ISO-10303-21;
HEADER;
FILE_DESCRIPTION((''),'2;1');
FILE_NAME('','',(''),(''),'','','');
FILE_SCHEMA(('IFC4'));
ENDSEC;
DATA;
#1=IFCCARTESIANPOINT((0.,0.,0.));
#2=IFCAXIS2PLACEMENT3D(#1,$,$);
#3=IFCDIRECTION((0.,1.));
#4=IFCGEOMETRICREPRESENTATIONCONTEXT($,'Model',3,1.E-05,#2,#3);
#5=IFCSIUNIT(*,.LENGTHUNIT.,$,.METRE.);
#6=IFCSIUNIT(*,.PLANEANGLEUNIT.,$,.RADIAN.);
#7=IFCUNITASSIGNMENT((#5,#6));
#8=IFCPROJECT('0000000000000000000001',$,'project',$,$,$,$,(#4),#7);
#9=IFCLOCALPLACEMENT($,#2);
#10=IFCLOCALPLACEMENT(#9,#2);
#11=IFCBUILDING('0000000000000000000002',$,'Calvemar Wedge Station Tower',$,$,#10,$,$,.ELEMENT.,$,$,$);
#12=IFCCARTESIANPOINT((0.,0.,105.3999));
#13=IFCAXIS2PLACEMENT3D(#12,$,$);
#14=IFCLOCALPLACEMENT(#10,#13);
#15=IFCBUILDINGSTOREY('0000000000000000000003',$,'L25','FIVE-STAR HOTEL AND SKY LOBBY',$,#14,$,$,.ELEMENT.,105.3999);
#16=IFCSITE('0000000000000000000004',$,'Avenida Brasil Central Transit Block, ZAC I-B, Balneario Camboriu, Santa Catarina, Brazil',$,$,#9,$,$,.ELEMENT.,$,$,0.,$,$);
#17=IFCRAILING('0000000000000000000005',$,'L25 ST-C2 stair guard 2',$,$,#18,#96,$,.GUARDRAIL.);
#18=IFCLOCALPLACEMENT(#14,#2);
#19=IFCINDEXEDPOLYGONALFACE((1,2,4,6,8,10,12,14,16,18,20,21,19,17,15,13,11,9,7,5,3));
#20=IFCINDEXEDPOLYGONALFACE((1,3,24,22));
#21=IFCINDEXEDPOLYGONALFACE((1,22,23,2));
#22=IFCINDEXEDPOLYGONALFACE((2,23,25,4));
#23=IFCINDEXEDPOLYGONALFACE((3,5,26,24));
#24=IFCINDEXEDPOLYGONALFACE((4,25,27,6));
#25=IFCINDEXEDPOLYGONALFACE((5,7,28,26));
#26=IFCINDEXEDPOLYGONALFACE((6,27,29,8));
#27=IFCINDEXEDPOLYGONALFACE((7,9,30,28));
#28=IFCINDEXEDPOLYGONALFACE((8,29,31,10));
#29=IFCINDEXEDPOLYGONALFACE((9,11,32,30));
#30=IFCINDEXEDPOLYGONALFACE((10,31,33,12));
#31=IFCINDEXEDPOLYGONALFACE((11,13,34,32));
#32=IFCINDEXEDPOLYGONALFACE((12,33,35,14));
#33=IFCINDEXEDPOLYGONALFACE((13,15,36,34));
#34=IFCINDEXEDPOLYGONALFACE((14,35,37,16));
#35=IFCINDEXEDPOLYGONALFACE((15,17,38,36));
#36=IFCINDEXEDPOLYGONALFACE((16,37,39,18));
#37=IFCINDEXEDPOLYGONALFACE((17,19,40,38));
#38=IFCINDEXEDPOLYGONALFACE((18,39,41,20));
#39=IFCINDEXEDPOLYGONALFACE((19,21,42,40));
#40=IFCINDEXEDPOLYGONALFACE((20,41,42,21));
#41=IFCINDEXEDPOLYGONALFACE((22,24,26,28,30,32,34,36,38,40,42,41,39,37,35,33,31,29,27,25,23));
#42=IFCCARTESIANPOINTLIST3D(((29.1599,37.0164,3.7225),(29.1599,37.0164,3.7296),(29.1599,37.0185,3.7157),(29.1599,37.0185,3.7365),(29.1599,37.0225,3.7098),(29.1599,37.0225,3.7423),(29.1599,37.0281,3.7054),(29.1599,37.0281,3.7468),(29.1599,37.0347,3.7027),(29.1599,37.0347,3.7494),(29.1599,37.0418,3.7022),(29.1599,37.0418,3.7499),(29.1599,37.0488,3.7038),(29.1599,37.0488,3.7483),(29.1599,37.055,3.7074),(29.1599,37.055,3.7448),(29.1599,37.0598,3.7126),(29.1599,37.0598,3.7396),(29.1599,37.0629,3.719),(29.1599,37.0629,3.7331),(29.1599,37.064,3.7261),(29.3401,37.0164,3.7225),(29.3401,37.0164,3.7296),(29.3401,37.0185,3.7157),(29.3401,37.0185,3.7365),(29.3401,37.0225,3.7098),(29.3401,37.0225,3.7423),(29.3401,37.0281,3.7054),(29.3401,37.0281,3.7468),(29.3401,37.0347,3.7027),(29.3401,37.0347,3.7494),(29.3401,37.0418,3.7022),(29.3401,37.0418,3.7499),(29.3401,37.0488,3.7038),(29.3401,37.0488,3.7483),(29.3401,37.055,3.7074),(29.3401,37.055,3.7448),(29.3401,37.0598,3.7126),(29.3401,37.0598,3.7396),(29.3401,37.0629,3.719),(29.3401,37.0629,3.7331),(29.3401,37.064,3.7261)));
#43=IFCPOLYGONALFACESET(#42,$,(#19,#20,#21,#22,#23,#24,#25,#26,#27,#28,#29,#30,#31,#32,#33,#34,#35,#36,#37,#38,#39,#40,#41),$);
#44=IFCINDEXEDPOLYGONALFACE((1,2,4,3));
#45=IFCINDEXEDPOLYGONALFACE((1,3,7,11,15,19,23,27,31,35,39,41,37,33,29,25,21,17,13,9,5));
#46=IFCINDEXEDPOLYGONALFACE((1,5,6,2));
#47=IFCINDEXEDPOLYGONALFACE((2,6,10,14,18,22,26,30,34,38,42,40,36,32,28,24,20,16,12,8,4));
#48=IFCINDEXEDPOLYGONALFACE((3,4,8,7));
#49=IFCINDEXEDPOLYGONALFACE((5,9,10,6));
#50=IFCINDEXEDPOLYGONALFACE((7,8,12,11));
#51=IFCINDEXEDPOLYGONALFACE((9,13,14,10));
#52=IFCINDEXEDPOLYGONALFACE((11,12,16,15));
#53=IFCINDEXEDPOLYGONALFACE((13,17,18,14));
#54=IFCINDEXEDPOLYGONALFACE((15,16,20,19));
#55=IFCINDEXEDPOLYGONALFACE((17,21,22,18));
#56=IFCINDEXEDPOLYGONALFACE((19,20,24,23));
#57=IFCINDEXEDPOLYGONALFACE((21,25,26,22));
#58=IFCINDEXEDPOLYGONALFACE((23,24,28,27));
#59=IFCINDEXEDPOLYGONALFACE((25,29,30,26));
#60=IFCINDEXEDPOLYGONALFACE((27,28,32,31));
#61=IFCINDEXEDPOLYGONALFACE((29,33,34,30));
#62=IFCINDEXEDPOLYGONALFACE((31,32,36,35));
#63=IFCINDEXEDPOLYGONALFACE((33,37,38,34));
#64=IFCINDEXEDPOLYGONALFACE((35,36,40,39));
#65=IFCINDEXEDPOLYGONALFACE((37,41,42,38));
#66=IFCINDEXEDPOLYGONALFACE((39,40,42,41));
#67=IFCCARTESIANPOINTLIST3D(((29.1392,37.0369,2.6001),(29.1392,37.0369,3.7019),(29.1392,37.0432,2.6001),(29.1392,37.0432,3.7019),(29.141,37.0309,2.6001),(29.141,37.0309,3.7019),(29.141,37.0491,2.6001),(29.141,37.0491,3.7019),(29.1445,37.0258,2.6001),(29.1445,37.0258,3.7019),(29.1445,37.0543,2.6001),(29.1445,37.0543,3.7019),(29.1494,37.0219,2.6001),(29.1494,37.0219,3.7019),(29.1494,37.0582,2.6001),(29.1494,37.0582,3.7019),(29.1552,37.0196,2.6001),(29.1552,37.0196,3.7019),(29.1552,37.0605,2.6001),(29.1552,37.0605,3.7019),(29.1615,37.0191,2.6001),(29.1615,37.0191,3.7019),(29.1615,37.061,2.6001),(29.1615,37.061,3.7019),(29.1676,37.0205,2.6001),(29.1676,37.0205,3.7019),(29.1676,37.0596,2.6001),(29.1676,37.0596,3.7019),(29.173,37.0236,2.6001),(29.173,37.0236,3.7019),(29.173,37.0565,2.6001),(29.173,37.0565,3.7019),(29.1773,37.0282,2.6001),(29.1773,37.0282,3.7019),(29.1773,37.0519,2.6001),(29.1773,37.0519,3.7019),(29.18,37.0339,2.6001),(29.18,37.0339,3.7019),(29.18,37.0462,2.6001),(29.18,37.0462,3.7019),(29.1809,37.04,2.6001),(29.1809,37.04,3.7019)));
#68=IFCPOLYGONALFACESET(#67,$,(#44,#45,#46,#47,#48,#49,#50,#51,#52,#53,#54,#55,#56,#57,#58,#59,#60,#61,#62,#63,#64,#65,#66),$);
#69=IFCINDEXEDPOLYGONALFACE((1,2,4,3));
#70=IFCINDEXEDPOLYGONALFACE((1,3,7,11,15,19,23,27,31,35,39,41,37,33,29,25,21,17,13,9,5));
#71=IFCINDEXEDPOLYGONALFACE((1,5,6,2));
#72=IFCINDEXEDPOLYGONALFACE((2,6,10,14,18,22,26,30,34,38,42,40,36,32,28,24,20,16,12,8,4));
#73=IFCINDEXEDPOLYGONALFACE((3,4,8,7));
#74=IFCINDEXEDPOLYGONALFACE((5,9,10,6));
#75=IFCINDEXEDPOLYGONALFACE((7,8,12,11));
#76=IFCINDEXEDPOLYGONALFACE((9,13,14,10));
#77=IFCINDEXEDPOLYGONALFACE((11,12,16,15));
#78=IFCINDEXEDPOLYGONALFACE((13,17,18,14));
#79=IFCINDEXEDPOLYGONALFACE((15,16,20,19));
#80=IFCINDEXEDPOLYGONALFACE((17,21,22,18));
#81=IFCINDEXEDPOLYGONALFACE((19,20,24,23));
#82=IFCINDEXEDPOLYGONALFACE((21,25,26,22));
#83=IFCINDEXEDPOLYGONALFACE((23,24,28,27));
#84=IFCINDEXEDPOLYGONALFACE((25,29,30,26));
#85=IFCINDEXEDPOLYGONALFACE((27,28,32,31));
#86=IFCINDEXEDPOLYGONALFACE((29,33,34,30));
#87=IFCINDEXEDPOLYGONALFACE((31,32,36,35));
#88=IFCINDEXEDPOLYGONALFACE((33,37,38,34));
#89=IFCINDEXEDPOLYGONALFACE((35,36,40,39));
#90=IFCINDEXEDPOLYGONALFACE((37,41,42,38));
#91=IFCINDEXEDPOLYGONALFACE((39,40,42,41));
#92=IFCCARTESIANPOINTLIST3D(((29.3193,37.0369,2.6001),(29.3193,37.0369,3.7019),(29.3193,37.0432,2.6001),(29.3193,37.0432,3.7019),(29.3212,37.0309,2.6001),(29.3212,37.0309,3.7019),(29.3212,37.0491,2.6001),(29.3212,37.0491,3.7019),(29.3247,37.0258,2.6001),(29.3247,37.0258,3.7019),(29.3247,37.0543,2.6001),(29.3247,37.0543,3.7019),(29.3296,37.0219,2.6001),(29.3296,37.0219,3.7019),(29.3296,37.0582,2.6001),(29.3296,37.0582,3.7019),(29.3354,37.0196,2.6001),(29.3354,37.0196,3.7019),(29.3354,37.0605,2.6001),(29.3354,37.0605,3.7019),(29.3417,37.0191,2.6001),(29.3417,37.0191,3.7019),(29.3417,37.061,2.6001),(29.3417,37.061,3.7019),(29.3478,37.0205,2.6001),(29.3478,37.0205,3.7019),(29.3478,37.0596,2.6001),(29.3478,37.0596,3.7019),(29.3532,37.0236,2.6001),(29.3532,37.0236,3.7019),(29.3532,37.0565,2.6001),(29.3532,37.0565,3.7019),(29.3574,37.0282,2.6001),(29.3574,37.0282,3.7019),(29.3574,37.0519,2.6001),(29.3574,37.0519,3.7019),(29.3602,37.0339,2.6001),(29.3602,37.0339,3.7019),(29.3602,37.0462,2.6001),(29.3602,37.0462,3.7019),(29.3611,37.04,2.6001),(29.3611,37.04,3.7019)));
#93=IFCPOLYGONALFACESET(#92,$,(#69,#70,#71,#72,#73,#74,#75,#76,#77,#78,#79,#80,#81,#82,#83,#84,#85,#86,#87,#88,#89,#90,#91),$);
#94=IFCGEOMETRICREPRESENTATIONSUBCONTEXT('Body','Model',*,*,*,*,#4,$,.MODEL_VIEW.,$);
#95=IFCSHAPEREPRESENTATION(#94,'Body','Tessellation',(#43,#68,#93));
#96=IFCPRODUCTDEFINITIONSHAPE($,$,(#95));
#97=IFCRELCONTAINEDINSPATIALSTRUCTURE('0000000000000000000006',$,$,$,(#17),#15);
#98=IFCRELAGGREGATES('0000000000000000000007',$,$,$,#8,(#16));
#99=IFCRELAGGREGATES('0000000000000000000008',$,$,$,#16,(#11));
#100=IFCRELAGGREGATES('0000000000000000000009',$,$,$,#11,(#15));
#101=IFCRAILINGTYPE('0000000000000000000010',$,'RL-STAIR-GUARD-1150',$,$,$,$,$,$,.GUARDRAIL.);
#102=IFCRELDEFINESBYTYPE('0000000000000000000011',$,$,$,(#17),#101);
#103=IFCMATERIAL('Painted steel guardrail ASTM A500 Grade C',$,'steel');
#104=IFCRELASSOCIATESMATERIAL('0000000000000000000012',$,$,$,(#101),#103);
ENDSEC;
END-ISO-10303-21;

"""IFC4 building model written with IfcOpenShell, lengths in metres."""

from ifc_helpers import new_model, si_unit, direction, frame, origin, origin_2d, place, context, subcontext, project, spatial, circle, extrude, material, type_object, element, save


model = new_model("IFC4")

# Units and contexts
model_context = context("Model", 3, precision=1e-05, world=origin(), true_north=direction((0.0, 1.0)))
body_context = subcontext(model_context, "Body", "Model", "MODEL_VIEW")
ifc_project = project(units=[si_unit("LENGTHUNIT", "METRE"), si_unit("PLANEANGLEUNIT", "RADIAN")], contexts=[model_context])

# Site, building, storey
site_placement = place(None, origin())
site = spatial("IfcSite", under=ifc_project, at=site_placement, Name="Avenida Brasil Central Transit Block, ZAC I-B, Balneario Camboriu, Santa Catarina, Brazil", CompositionType="ELEMENT", RefElevation=0.0)
building_placement = place(site_placement, origin())
building = spatial("IfcBuilding", under=site, at=building_placement, Name="Calvemar Wedge Station Tower", CompositionType="ELEMENT")
storey_placement = place(building_placement, frame((0.0, 0.0, 105.3999)))
storey = spatial("IfcBuildingStorey", under=building, at=storey_placement, Name="L25", Description="FIVE-STAR HOTEL AND SKY LOBBY", CompositionType="ELEMENT", Elevation=105.3999)

# Railing
ifc_material_1 = material(Name="Painted steel guardrail ASTM A500 Grade C", Category="steel")
railing_type_1 = type_object("IfcRailingType", Name="RL-STAIR-GUARD-1150", PredefinedType="GUARDRAIL", material=ifc_material_1)
railing_1_placement = place(storey_placement, frame((29.1599, 37.04, 2.6001)))
element("IfcRailing", 1, at=railing_1_placement, inside=storey, type_object=railing_type_1, Name="L25 ST-C2 stair guard 2", PredefinedType="GUARDRAIL", context=body_context, shape_type="SweptSolid", body=[
    extrude(circle(Radius=0.0239, at=origin_2d()), frame((0.0, 0.0, 1.126), z_axis=(1.0, 0.0, 0.0), x_axis=(0.0, 1.0, 0.0)), (0.0, 0.0, 1.0), 0.1802),
    extrude(circle(Radius=0.021, at=origin_2d()), origin(), (0.0, 0.0, 1.0), 1.1018),
    extrude(circle(Radius=0.021, at=origin_2d()), frame((0.1802, 0.0, 0.0)), (0.0, 0.0, 1.0), 1.1018),
])

save(model, "model.ifc")
